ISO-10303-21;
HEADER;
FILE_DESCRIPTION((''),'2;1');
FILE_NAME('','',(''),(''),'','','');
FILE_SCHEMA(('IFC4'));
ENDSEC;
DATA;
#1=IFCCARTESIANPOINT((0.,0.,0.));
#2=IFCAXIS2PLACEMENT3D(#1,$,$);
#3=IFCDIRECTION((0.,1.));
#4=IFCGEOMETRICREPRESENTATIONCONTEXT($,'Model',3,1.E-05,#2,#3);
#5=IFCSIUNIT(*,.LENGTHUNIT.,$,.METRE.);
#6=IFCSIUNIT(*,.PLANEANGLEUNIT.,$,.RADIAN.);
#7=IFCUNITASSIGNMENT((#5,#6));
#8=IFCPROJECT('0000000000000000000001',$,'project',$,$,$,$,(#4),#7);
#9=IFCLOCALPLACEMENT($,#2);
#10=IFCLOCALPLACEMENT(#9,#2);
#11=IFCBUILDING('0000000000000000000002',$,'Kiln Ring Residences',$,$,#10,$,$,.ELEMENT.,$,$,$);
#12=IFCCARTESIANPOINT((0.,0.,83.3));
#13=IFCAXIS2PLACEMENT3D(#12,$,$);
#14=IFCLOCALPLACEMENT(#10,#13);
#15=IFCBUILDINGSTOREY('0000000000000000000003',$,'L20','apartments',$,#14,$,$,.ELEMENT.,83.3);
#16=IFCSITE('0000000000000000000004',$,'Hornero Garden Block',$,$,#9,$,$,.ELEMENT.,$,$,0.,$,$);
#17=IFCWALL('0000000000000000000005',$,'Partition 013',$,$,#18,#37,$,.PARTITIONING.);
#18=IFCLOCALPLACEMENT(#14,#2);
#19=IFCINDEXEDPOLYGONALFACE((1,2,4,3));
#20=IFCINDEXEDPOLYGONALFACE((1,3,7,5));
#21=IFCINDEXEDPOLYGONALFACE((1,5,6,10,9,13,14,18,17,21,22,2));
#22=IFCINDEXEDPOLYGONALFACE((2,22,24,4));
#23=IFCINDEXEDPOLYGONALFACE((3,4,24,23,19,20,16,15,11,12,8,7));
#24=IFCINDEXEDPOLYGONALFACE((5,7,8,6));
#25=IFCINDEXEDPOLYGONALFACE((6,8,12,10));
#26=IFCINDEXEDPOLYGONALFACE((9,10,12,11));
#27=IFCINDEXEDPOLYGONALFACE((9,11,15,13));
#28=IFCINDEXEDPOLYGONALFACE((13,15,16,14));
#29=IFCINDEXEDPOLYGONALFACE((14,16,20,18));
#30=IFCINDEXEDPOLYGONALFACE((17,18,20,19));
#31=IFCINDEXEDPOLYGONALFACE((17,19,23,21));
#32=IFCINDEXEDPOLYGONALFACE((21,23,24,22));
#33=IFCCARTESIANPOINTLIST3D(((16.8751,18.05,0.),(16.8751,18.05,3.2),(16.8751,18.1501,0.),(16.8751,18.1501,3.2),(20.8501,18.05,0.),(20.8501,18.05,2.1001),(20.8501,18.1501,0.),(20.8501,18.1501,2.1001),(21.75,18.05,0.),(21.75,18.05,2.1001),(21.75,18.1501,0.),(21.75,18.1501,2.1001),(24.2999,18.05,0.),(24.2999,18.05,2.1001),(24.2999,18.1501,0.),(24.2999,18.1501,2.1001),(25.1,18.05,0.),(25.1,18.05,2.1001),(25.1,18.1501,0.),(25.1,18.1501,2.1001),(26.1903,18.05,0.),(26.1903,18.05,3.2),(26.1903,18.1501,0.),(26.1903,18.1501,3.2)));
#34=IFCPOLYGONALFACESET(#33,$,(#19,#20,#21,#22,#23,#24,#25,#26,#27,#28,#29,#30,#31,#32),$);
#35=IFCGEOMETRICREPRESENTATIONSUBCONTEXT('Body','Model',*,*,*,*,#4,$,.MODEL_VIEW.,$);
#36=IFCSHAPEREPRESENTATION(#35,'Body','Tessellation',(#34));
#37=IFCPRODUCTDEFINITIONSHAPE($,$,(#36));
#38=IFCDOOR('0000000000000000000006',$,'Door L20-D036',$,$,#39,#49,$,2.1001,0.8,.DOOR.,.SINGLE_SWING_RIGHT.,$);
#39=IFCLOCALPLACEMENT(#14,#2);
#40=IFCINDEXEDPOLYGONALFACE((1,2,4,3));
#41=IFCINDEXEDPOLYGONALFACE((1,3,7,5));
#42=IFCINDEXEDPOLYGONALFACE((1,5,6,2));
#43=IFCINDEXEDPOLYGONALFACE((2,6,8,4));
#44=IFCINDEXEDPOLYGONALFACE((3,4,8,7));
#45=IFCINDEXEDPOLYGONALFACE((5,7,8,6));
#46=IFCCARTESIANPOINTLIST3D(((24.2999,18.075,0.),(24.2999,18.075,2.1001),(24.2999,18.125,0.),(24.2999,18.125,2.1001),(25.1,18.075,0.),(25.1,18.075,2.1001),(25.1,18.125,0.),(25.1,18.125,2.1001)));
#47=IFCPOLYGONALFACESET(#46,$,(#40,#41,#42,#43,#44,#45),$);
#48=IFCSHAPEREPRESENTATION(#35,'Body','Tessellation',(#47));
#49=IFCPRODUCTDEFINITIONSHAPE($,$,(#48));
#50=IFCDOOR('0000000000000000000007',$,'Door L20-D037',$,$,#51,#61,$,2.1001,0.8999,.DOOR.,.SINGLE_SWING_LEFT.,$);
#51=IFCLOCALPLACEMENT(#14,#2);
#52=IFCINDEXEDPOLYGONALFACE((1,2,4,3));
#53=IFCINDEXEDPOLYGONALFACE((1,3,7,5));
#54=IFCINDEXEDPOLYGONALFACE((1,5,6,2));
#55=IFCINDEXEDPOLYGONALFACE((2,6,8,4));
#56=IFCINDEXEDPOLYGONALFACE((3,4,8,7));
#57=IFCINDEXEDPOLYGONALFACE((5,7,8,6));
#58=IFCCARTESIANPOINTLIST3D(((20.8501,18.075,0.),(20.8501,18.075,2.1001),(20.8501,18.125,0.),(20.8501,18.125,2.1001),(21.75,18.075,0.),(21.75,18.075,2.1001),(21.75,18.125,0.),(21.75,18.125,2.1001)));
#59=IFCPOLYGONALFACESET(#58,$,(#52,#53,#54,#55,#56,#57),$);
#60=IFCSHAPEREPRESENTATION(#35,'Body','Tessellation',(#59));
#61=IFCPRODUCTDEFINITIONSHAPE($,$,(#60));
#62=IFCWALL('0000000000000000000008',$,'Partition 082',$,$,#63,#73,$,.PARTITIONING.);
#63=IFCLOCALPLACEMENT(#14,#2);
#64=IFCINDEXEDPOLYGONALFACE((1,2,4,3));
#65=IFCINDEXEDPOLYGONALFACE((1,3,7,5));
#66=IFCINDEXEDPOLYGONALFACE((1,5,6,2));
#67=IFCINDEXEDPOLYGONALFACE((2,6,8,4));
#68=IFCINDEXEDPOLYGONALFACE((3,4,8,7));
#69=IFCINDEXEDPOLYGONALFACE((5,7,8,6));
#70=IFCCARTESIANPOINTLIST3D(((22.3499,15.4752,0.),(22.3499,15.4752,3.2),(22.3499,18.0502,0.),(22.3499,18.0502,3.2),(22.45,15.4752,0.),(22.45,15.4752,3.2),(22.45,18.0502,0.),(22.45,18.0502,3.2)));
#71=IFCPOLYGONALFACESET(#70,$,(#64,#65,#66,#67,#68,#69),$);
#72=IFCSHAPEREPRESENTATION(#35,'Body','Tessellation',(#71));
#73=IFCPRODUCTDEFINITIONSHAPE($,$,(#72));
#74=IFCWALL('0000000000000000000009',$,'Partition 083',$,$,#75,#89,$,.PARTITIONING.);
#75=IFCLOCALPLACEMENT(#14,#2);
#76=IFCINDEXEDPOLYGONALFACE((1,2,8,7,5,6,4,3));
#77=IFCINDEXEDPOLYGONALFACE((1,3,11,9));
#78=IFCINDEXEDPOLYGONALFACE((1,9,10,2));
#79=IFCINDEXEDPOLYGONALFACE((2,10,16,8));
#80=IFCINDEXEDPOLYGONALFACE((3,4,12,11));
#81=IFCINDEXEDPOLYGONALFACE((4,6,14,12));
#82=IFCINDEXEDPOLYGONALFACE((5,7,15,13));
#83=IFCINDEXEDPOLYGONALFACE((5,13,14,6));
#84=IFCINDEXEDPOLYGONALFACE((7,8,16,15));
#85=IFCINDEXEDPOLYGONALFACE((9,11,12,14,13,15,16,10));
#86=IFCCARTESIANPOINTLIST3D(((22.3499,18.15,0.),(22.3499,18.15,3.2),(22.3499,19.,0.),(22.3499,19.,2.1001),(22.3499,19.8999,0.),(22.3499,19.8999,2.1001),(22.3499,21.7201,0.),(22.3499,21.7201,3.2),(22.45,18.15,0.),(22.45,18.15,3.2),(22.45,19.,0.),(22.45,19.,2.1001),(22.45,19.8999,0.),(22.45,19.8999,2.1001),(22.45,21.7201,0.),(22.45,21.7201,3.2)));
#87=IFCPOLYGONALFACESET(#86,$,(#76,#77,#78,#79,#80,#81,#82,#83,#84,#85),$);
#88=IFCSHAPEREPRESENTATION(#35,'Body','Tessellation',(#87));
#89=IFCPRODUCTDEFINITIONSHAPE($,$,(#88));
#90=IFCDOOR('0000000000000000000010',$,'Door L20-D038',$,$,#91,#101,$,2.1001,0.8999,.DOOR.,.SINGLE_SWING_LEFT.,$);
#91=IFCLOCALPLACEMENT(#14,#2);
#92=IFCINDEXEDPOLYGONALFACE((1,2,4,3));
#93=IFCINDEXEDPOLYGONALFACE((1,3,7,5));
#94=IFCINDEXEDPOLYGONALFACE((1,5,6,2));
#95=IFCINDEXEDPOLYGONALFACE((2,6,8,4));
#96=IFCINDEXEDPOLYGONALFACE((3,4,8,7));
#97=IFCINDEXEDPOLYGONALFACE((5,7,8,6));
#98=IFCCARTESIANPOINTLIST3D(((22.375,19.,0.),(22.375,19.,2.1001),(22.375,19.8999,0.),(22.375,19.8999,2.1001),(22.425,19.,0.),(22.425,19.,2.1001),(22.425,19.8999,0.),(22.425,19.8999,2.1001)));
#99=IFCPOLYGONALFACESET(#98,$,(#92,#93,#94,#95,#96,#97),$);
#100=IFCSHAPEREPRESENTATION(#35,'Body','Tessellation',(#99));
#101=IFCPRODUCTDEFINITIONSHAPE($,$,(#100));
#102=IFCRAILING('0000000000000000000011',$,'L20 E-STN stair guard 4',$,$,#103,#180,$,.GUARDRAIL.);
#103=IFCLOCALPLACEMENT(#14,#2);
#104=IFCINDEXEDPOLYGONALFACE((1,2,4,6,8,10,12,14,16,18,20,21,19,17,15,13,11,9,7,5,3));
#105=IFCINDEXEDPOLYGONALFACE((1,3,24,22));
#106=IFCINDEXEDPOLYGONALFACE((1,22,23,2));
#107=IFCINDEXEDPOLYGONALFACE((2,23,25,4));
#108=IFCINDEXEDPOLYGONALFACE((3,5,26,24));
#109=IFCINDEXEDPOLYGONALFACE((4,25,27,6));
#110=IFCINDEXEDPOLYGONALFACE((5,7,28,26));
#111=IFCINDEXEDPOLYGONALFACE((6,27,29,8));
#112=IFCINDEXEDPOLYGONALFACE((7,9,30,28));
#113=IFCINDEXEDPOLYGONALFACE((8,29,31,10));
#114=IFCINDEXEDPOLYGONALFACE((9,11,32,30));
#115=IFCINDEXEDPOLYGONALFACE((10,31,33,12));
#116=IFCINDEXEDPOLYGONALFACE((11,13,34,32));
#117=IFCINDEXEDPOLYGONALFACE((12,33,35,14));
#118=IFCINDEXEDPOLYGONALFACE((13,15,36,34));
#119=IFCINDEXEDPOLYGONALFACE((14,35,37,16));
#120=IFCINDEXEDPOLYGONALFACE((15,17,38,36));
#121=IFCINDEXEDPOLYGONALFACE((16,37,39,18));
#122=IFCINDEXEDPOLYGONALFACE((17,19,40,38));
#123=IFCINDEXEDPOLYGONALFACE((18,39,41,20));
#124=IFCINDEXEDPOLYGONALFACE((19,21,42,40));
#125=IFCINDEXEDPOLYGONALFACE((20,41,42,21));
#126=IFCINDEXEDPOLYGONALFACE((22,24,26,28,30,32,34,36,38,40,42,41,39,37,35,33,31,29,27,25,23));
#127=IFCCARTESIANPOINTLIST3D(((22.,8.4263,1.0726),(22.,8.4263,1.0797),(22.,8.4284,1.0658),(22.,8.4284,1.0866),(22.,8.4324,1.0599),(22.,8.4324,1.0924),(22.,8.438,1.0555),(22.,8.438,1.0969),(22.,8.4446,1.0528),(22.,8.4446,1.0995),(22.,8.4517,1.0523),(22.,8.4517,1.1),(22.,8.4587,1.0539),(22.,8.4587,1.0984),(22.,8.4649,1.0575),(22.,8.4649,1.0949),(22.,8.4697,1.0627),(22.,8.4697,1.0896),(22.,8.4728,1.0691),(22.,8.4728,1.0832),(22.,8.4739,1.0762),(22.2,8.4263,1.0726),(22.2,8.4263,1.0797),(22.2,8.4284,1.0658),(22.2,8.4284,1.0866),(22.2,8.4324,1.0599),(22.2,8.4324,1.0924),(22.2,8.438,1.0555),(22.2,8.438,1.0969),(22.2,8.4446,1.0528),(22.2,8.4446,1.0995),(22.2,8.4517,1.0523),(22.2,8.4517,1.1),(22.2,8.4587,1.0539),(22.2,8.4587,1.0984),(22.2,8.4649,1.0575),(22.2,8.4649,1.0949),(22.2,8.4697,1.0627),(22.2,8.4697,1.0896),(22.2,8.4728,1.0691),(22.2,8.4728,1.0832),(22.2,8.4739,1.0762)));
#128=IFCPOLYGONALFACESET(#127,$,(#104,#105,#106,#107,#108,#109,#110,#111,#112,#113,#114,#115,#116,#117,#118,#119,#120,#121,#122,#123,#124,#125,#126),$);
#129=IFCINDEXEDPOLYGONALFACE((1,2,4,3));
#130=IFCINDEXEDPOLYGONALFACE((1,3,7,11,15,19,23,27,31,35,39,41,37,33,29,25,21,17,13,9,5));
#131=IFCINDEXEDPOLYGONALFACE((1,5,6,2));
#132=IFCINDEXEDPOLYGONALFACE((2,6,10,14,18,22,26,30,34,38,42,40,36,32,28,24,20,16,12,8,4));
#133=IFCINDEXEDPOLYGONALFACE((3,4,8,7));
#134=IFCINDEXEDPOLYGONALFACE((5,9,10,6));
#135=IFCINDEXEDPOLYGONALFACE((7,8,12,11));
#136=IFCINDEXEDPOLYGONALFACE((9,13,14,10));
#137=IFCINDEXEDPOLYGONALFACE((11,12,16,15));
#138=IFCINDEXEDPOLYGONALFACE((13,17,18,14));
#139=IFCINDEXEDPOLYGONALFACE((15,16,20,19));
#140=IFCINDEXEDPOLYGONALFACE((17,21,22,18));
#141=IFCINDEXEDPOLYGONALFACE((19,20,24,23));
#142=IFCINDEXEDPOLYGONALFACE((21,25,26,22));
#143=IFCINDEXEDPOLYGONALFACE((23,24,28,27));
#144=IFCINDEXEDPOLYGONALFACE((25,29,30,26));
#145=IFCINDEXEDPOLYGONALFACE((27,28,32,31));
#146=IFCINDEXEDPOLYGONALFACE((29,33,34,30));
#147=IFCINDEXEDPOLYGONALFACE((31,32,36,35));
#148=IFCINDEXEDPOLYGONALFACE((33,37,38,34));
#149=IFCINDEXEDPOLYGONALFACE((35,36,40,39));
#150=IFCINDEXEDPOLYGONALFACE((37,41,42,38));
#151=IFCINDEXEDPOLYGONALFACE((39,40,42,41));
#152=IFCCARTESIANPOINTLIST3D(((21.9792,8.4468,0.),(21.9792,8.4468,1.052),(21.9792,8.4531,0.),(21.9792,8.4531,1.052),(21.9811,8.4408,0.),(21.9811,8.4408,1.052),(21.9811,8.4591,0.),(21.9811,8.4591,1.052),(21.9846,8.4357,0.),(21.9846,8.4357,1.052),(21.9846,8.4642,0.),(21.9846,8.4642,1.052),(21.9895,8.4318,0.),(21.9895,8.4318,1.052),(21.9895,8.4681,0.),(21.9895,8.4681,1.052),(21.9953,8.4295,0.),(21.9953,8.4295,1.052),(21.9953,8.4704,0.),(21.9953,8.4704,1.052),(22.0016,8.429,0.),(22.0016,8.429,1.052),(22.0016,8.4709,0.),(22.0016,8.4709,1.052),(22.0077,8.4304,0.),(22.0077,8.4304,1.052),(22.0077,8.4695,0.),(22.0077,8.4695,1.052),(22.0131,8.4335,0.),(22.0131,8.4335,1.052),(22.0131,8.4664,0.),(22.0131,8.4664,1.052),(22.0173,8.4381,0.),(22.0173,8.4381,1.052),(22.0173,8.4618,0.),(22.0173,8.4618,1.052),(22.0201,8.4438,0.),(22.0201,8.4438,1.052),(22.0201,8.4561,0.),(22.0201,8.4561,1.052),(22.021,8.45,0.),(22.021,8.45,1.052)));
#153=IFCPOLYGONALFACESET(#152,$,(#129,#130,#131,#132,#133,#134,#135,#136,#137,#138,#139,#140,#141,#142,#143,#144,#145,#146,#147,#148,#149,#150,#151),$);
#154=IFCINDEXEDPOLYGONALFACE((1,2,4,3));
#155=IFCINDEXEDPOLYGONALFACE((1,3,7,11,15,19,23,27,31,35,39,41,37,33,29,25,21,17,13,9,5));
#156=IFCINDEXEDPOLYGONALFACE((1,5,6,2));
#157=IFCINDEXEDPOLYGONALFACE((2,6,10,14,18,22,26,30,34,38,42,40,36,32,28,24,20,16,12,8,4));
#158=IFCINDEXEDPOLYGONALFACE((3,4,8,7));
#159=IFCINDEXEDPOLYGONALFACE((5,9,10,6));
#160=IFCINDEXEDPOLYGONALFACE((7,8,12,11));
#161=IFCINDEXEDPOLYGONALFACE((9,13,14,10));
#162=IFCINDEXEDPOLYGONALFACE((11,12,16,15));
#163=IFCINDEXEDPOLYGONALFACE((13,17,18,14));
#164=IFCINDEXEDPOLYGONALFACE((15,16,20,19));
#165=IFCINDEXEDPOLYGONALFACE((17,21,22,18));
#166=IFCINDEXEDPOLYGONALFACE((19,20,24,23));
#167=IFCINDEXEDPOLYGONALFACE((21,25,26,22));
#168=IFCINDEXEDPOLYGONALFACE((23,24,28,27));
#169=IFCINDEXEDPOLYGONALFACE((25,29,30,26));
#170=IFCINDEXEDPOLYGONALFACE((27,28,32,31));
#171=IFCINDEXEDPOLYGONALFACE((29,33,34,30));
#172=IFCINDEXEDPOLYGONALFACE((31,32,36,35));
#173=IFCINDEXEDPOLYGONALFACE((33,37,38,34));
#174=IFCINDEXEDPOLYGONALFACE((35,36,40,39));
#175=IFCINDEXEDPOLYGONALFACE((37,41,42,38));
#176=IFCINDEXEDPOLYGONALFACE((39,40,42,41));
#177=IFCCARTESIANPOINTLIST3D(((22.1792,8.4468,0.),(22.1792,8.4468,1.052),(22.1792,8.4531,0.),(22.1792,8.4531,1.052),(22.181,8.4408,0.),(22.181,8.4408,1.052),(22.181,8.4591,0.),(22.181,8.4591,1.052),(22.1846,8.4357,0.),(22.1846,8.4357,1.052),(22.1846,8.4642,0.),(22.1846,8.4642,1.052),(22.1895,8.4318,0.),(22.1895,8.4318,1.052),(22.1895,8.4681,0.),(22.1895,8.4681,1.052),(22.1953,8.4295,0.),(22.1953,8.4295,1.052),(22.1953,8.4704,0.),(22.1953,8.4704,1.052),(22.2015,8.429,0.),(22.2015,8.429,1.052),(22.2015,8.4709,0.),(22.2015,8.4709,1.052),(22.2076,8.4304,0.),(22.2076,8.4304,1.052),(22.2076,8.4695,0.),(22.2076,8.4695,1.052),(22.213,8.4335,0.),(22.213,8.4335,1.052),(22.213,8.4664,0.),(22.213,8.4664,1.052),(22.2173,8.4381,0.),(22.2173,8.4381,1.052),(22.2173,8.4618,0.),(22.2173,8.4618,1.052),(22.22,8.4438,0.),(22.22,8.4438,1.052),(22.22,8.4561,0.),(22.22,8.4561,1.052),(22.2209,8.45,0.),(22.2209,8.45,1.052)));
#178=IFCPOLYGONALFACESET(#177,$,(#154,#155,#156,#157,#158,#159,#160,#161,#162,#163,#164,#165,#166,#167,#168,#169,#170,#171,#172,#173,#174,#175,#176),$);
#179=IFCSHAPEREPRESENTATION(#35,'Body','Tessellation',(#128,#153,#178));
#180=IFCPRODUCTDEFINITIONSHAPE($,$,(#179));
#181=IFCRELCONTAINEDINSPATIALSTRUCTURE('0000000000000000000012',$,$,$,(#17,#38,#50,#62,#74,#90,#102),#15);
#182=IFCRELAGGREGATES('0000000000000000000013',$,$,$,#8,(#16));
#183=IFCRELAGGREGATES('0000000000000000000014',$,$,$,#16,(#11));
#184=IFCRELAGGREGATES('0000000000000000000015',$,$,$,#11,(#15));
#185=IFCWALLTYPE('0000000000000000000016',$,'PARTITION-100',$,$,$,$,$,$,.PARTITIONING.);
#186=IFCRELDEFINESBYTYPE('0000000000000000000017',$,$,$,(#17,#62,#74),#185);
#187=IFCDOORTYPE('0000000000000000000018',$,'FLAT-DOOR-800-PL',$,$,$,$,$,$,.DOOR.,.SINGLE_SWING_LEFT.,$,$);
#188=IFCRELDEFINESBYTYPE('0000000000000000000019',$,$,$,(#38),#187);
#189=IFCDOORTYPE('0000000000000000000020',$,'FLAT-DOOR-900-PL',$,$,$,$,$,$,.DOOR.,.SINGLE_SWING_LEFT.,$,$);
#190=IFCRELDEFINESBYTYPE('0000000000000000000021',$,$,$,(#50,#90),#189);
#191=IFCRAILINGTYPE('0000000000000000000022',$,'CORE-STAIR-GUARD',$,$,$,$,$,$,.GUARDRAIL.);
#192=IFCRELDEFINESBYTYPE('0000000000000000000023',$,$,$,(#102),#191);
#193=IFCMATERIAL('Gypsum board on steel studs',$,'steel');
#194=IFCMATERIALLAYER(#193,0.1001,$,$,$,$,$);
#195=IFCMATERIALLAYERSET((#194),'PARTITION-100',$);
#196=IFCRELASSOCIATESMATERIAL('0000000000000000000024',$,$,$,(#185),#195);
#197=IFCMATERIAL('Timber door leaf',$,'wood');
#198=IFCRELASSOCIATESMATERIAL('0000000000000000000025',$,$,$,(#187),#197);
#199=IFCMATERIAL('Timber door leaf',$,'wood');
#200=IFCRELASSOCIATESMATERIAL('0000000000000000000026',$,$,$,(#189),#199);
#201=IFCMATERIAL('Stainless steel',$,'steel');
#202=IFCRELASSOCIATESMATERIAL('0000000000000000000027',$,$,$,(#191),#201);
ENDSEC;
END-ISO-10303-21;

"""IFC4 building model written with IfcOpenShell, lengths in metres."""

from ifc_helpers import new_model, si_unit, direction, frame, frame_2d, origin, origin_2d, place, context, subcontext, project, spatial, rectangle, circle, extrude, material, layer, layer_set, type_object, element, fill, save


model = new_model("IFC4")

# Units and contexts
model_context = context("Model", 3, precision=1e-05, world=origin(), true_north=direction((0.0, 1.0)))
body_context = subcontext(model_context, "Body", "Model", "MODEL_VIEW")
ifc_project = project(units=[si_unit("LENGTHUNIT", "METRE"), si_unit("PLANEANGLEUNIT", "RADIAN")], contexts=[model_context])

# Site, building, storey
site_placement = place(None, origin())
site = spatial("IfcSite", under=ifc_project, at=site_placement, Name="Hornero Garden Block", CompositionType="ELEMENT", RefElevation=0.0)
building_placement = place(site_placement, origin())
building = spatial("IfcBuilding", under=site, at=building_placement, Name="Kiln Ring Residences", CompositionType="ELEMENT")
storey_placement = place(building_placement, frame((0.0, 0.0, 83.3)))
storey = spatial("IfcBuildingStorey", under=building, at=storey_placement, Name="L20", Description="apartments", CompositionType="ELEMENT", Elevation=83.3)

# Wall, openings, doors
ifc_material_1 = material(Name="Gypsum board on steel studs", Category="steel")
ifc_layer_1 = layer(ifc_material_1, 0.1001)
ifc_layer_set_1 = layer_set([ifc_layer_1], Name="PARTITION-100")
wall_type_1 = type_object("IfcWallType", Name="PARTITION-100", PredefinedType="PARTITIONING", material=ifc_layer_set_1)
wall_1_placement = place(storey_placement, frame((16.875, 18.1001, 0.0), z_axis=(0.0, 0.0, 1.0), x_axis=(1.0, 0.0, 0.0)))
wall_1 = element("IfcWall", 1, at=wall_1_placement, inside=storey, type_object=wall_type_1, Name="Partition 013", PredefinedType="PARTITIONING", context=body_context, shape_type="SweptSolid", body=[
    extrude(rectangle(XDim=9.3152, YDim=0.1001, at=frame_2d((4.6577, 0.0))), origin(), (0.0, 0.0, 1.0), 3.2),
])
opening_1_placement = place(wall_1_placement, frame((7.425, 0.0, 0.0)))
opening_1 = element("IfcOpeningElement", 2, at=opening_1_placement, cuts=wall_1, PredefinedType="OPENING", context=body_context, shape_type="SweptSolid", body=[
    extrude(rectangle(XDim=0.8, YDim=2.1001, at=frame_2d((0.3999, 1.05))), frame((0.0, 0.0601, 0.0), z_axis=(0.0, -1.0, 0.0), x_axis=(1.0, 0.0, 0.0)), (0.0, 0.0, 1.0), 0.1201),
])
opening_2_placement = place(wall_1_placement, frame((3.9751, 0.0, 0.0)))
opening_2 = element("IfcOpeningElement", 3, at=opening_2_placement, cuts=wall_1, PredefinedType="OPENING", context=body_context, shape_type="SweptSolid", body=[
    extrude(rectangle(XDim=0.8999, YDim=2.1001, at=frame_2d((0.45, 1.05))), frame((0.0, 0.0601, 0.0), z_axis=(0.0, -1.0, 0.0), x_axis=(1.0, 0.0, 0.0)), (0.0, 0.0, 1.0), 0.1201),
])
ifc_material_2 = material(Name="Timber door leaf", Category="wood")
door_type_1 = type_object("IfcDoorType", Name="FLAT-DOOR-800-PL", OperationType="SINGLE_SWING_LEFT", PredefinedType="DOOR", material=ifc_material_2)
door_1_placement = place(opening_1_placement, origin())
door_1 = element("IfcDoor", 4, at=door_1_placement, inside=storey, type_object=door_type_1, Name="Door L20-D036", OperationType="SINGLE_SWING_RIGHT", OverallHeight=2.1001, OverallWidth=0.8, PredefinedType="DOOR", context=body_context, shape_type="SweptSolid", body=[
    extrude(rectangle(XDim=0.8, YDim=2.1001, at=frame_2d((0.3999, 1.05))), frame((0.0, 0.0249, 0.0), z_axis=(0.0, -1.0, 0.0), x_axis=(1.0, 0.0, 0.0)), (0.0, 0.0, 1.0), 0.05),
])
fill(opening_1, door_1)
ifc_material_3 = material(Name="Timber door leaf", Category="wood")
door_type_2 = type_object("IfcDoorType", Name="FLAT-DOOR-900-PL", OperationType="SINGLE_SWING_LEFT", PredefinedType="DOOR", material=ifc_material_3)
door_2_placement = place(opening_2_placement, origin())
door_2 = element("IfcDoor", 5, at=door_2_placement, inside=storey, type_object=door_type_2, Name="Door L20-D037", OperationType="SINGLE_SWING_LEFT", OverallHeight=2.1001, OverallWidth=0.8999, PredefinedType="DOOR", context=body_context, shape_type="SweptSolid", body=[
    extrude(rectangle(XDim=0.8999, YDim=2.1001, at=frame_2d((0.45, 1.05))), frame((0.0, 0.0249, 0.0), z_axis=(0.0, -1.0, 0.0), x_axis=(1.0, 0.0, 0.0)), (0.0, 0.0, 1.0), 0.05),
])
fill(opening_2, door_2)

# Wall
wall_2_placement = place(storey_placement, frame((22.3999, 15.4751, 0.0), z_axis=(0.0, 0.0, 1.0), x_axis=(0.0, 1.0, 0.0)))
element("IfcWall", 6, at=wall_2_placement, inside=storey, type_object=wall_type_1, Name="Partition 082", PredefinedType="PARTITIONING", context=body_context, shape_type="SweptSolid", body=[
    extrude(rectangle(XDim=2.575, YDim=0.1001, at=frame_2d((1.2876, 0.0))), origin(), (0.0, 0.0, 1.0), 3.2),
])

# Wall, opening, door
wall_3_placement = place(storey_placement, frame((22.3999, 18.1499, 0.0), z_axis=(0.0, 0.0, 1.0), x_axis=(0.0, 1.0, 0.0)))
wall_3 = element("IfcWall", 7, at=wall_3_placement, inside=storey, type_object=wall_type_1, Name="Partition 083", PredefinedType="PARTITIONING", context=body_context, shape_type="SweptSolid", body=[
    extrude(rectangle(XDim=3.5701, YDim=0.1001, at=frame_2d((1.7852, 0.0))), origin(), (0.0, 0.0, 1.0), 3.2),
])
opening_3_placement = place(wall_3_placement, frame((0.8501, 0.0, 0.0)))
opening_3 = element("IfcOpeningElement", 8, at=opening_3_placement, cuts=wall_3, PredefinedType="OPENING", context=body_context, shape_type="SweptSolid", body=[
    extrude(rectangle(XDim=0.8999, YDim=2.1001, at=frame_2d((0.45, 1.05))), frame((0.0, 0.0601, 0.0), z_axis=(0.0, -1.0, 0.0), x_axis=(1.0, 0.0, 0.0)), (0.0, 0.0, 1.0), 0.1201),
])
door_3_placement = place(opening_3_placement, origin())
door_3 = element("IfcDoor", 9, at=door_3_placement, inside=storey, type_object=door_type_2, Name="Door L20-D038", OperationType="SINGLE_SWING_LEFT", OverallHeight=2.1001, OverallWidth=0.8999, PredefinedType="DOOR", context=body_context, shape_type="SweptSolid", body=[
    extrude(rectangle(XDim=0.8999, YDim=2.1001, at=frame_2d((0.45, 1.05))), frame((0.0, 0.0249, 0.0), z_axis=(0.0, -1.0, 0.0), x_axis=(1.0, 0.0, 0.0)), (0.0, 0.0, 1.0), 0.05),
])
fill(opening_3, door_3)

# Railing
ifc_material_4 = material(Name="Stainless steel", Category="steel")
railing_type = type_object("IfcRailingType", Name="CORE-STAIR-GUARD", PredefinedType="GUARDRAIL", material=ifc_material_4)
railing_placement = place(storey_placement, frame((22.0, 8.45, 0.0)))
element("IfcRailing", 10, at=railing_placement, inside=storey, type_object=railing_type, Name="L20 E-STN stair guard 4", PredefinedType="GUARDRAIL", context=body_context, shape_type="SweptSolid", body=[
    extrude(circle(Radius=0.0239, at=origin_2d()), frame((0.0, 0.0, 1.0762), z_axis=(1.0, 0.0, 0.0), x_axis=(0.0, 1.0, 0.0)), (0.0, 0.0, 1.0), 0.2),
    extrude(circle(Radius=0.021, at=origin_2d()), origin(), (0.0, 0.0, 1.0), 1.052),
    extrude(circle(Radius=0.021, at=origin_2d()), frame((0.2, 0.0, 0.0)), (0.0, 0.0, 1.0), 1.052),
])

save(model, "model.ifc")
